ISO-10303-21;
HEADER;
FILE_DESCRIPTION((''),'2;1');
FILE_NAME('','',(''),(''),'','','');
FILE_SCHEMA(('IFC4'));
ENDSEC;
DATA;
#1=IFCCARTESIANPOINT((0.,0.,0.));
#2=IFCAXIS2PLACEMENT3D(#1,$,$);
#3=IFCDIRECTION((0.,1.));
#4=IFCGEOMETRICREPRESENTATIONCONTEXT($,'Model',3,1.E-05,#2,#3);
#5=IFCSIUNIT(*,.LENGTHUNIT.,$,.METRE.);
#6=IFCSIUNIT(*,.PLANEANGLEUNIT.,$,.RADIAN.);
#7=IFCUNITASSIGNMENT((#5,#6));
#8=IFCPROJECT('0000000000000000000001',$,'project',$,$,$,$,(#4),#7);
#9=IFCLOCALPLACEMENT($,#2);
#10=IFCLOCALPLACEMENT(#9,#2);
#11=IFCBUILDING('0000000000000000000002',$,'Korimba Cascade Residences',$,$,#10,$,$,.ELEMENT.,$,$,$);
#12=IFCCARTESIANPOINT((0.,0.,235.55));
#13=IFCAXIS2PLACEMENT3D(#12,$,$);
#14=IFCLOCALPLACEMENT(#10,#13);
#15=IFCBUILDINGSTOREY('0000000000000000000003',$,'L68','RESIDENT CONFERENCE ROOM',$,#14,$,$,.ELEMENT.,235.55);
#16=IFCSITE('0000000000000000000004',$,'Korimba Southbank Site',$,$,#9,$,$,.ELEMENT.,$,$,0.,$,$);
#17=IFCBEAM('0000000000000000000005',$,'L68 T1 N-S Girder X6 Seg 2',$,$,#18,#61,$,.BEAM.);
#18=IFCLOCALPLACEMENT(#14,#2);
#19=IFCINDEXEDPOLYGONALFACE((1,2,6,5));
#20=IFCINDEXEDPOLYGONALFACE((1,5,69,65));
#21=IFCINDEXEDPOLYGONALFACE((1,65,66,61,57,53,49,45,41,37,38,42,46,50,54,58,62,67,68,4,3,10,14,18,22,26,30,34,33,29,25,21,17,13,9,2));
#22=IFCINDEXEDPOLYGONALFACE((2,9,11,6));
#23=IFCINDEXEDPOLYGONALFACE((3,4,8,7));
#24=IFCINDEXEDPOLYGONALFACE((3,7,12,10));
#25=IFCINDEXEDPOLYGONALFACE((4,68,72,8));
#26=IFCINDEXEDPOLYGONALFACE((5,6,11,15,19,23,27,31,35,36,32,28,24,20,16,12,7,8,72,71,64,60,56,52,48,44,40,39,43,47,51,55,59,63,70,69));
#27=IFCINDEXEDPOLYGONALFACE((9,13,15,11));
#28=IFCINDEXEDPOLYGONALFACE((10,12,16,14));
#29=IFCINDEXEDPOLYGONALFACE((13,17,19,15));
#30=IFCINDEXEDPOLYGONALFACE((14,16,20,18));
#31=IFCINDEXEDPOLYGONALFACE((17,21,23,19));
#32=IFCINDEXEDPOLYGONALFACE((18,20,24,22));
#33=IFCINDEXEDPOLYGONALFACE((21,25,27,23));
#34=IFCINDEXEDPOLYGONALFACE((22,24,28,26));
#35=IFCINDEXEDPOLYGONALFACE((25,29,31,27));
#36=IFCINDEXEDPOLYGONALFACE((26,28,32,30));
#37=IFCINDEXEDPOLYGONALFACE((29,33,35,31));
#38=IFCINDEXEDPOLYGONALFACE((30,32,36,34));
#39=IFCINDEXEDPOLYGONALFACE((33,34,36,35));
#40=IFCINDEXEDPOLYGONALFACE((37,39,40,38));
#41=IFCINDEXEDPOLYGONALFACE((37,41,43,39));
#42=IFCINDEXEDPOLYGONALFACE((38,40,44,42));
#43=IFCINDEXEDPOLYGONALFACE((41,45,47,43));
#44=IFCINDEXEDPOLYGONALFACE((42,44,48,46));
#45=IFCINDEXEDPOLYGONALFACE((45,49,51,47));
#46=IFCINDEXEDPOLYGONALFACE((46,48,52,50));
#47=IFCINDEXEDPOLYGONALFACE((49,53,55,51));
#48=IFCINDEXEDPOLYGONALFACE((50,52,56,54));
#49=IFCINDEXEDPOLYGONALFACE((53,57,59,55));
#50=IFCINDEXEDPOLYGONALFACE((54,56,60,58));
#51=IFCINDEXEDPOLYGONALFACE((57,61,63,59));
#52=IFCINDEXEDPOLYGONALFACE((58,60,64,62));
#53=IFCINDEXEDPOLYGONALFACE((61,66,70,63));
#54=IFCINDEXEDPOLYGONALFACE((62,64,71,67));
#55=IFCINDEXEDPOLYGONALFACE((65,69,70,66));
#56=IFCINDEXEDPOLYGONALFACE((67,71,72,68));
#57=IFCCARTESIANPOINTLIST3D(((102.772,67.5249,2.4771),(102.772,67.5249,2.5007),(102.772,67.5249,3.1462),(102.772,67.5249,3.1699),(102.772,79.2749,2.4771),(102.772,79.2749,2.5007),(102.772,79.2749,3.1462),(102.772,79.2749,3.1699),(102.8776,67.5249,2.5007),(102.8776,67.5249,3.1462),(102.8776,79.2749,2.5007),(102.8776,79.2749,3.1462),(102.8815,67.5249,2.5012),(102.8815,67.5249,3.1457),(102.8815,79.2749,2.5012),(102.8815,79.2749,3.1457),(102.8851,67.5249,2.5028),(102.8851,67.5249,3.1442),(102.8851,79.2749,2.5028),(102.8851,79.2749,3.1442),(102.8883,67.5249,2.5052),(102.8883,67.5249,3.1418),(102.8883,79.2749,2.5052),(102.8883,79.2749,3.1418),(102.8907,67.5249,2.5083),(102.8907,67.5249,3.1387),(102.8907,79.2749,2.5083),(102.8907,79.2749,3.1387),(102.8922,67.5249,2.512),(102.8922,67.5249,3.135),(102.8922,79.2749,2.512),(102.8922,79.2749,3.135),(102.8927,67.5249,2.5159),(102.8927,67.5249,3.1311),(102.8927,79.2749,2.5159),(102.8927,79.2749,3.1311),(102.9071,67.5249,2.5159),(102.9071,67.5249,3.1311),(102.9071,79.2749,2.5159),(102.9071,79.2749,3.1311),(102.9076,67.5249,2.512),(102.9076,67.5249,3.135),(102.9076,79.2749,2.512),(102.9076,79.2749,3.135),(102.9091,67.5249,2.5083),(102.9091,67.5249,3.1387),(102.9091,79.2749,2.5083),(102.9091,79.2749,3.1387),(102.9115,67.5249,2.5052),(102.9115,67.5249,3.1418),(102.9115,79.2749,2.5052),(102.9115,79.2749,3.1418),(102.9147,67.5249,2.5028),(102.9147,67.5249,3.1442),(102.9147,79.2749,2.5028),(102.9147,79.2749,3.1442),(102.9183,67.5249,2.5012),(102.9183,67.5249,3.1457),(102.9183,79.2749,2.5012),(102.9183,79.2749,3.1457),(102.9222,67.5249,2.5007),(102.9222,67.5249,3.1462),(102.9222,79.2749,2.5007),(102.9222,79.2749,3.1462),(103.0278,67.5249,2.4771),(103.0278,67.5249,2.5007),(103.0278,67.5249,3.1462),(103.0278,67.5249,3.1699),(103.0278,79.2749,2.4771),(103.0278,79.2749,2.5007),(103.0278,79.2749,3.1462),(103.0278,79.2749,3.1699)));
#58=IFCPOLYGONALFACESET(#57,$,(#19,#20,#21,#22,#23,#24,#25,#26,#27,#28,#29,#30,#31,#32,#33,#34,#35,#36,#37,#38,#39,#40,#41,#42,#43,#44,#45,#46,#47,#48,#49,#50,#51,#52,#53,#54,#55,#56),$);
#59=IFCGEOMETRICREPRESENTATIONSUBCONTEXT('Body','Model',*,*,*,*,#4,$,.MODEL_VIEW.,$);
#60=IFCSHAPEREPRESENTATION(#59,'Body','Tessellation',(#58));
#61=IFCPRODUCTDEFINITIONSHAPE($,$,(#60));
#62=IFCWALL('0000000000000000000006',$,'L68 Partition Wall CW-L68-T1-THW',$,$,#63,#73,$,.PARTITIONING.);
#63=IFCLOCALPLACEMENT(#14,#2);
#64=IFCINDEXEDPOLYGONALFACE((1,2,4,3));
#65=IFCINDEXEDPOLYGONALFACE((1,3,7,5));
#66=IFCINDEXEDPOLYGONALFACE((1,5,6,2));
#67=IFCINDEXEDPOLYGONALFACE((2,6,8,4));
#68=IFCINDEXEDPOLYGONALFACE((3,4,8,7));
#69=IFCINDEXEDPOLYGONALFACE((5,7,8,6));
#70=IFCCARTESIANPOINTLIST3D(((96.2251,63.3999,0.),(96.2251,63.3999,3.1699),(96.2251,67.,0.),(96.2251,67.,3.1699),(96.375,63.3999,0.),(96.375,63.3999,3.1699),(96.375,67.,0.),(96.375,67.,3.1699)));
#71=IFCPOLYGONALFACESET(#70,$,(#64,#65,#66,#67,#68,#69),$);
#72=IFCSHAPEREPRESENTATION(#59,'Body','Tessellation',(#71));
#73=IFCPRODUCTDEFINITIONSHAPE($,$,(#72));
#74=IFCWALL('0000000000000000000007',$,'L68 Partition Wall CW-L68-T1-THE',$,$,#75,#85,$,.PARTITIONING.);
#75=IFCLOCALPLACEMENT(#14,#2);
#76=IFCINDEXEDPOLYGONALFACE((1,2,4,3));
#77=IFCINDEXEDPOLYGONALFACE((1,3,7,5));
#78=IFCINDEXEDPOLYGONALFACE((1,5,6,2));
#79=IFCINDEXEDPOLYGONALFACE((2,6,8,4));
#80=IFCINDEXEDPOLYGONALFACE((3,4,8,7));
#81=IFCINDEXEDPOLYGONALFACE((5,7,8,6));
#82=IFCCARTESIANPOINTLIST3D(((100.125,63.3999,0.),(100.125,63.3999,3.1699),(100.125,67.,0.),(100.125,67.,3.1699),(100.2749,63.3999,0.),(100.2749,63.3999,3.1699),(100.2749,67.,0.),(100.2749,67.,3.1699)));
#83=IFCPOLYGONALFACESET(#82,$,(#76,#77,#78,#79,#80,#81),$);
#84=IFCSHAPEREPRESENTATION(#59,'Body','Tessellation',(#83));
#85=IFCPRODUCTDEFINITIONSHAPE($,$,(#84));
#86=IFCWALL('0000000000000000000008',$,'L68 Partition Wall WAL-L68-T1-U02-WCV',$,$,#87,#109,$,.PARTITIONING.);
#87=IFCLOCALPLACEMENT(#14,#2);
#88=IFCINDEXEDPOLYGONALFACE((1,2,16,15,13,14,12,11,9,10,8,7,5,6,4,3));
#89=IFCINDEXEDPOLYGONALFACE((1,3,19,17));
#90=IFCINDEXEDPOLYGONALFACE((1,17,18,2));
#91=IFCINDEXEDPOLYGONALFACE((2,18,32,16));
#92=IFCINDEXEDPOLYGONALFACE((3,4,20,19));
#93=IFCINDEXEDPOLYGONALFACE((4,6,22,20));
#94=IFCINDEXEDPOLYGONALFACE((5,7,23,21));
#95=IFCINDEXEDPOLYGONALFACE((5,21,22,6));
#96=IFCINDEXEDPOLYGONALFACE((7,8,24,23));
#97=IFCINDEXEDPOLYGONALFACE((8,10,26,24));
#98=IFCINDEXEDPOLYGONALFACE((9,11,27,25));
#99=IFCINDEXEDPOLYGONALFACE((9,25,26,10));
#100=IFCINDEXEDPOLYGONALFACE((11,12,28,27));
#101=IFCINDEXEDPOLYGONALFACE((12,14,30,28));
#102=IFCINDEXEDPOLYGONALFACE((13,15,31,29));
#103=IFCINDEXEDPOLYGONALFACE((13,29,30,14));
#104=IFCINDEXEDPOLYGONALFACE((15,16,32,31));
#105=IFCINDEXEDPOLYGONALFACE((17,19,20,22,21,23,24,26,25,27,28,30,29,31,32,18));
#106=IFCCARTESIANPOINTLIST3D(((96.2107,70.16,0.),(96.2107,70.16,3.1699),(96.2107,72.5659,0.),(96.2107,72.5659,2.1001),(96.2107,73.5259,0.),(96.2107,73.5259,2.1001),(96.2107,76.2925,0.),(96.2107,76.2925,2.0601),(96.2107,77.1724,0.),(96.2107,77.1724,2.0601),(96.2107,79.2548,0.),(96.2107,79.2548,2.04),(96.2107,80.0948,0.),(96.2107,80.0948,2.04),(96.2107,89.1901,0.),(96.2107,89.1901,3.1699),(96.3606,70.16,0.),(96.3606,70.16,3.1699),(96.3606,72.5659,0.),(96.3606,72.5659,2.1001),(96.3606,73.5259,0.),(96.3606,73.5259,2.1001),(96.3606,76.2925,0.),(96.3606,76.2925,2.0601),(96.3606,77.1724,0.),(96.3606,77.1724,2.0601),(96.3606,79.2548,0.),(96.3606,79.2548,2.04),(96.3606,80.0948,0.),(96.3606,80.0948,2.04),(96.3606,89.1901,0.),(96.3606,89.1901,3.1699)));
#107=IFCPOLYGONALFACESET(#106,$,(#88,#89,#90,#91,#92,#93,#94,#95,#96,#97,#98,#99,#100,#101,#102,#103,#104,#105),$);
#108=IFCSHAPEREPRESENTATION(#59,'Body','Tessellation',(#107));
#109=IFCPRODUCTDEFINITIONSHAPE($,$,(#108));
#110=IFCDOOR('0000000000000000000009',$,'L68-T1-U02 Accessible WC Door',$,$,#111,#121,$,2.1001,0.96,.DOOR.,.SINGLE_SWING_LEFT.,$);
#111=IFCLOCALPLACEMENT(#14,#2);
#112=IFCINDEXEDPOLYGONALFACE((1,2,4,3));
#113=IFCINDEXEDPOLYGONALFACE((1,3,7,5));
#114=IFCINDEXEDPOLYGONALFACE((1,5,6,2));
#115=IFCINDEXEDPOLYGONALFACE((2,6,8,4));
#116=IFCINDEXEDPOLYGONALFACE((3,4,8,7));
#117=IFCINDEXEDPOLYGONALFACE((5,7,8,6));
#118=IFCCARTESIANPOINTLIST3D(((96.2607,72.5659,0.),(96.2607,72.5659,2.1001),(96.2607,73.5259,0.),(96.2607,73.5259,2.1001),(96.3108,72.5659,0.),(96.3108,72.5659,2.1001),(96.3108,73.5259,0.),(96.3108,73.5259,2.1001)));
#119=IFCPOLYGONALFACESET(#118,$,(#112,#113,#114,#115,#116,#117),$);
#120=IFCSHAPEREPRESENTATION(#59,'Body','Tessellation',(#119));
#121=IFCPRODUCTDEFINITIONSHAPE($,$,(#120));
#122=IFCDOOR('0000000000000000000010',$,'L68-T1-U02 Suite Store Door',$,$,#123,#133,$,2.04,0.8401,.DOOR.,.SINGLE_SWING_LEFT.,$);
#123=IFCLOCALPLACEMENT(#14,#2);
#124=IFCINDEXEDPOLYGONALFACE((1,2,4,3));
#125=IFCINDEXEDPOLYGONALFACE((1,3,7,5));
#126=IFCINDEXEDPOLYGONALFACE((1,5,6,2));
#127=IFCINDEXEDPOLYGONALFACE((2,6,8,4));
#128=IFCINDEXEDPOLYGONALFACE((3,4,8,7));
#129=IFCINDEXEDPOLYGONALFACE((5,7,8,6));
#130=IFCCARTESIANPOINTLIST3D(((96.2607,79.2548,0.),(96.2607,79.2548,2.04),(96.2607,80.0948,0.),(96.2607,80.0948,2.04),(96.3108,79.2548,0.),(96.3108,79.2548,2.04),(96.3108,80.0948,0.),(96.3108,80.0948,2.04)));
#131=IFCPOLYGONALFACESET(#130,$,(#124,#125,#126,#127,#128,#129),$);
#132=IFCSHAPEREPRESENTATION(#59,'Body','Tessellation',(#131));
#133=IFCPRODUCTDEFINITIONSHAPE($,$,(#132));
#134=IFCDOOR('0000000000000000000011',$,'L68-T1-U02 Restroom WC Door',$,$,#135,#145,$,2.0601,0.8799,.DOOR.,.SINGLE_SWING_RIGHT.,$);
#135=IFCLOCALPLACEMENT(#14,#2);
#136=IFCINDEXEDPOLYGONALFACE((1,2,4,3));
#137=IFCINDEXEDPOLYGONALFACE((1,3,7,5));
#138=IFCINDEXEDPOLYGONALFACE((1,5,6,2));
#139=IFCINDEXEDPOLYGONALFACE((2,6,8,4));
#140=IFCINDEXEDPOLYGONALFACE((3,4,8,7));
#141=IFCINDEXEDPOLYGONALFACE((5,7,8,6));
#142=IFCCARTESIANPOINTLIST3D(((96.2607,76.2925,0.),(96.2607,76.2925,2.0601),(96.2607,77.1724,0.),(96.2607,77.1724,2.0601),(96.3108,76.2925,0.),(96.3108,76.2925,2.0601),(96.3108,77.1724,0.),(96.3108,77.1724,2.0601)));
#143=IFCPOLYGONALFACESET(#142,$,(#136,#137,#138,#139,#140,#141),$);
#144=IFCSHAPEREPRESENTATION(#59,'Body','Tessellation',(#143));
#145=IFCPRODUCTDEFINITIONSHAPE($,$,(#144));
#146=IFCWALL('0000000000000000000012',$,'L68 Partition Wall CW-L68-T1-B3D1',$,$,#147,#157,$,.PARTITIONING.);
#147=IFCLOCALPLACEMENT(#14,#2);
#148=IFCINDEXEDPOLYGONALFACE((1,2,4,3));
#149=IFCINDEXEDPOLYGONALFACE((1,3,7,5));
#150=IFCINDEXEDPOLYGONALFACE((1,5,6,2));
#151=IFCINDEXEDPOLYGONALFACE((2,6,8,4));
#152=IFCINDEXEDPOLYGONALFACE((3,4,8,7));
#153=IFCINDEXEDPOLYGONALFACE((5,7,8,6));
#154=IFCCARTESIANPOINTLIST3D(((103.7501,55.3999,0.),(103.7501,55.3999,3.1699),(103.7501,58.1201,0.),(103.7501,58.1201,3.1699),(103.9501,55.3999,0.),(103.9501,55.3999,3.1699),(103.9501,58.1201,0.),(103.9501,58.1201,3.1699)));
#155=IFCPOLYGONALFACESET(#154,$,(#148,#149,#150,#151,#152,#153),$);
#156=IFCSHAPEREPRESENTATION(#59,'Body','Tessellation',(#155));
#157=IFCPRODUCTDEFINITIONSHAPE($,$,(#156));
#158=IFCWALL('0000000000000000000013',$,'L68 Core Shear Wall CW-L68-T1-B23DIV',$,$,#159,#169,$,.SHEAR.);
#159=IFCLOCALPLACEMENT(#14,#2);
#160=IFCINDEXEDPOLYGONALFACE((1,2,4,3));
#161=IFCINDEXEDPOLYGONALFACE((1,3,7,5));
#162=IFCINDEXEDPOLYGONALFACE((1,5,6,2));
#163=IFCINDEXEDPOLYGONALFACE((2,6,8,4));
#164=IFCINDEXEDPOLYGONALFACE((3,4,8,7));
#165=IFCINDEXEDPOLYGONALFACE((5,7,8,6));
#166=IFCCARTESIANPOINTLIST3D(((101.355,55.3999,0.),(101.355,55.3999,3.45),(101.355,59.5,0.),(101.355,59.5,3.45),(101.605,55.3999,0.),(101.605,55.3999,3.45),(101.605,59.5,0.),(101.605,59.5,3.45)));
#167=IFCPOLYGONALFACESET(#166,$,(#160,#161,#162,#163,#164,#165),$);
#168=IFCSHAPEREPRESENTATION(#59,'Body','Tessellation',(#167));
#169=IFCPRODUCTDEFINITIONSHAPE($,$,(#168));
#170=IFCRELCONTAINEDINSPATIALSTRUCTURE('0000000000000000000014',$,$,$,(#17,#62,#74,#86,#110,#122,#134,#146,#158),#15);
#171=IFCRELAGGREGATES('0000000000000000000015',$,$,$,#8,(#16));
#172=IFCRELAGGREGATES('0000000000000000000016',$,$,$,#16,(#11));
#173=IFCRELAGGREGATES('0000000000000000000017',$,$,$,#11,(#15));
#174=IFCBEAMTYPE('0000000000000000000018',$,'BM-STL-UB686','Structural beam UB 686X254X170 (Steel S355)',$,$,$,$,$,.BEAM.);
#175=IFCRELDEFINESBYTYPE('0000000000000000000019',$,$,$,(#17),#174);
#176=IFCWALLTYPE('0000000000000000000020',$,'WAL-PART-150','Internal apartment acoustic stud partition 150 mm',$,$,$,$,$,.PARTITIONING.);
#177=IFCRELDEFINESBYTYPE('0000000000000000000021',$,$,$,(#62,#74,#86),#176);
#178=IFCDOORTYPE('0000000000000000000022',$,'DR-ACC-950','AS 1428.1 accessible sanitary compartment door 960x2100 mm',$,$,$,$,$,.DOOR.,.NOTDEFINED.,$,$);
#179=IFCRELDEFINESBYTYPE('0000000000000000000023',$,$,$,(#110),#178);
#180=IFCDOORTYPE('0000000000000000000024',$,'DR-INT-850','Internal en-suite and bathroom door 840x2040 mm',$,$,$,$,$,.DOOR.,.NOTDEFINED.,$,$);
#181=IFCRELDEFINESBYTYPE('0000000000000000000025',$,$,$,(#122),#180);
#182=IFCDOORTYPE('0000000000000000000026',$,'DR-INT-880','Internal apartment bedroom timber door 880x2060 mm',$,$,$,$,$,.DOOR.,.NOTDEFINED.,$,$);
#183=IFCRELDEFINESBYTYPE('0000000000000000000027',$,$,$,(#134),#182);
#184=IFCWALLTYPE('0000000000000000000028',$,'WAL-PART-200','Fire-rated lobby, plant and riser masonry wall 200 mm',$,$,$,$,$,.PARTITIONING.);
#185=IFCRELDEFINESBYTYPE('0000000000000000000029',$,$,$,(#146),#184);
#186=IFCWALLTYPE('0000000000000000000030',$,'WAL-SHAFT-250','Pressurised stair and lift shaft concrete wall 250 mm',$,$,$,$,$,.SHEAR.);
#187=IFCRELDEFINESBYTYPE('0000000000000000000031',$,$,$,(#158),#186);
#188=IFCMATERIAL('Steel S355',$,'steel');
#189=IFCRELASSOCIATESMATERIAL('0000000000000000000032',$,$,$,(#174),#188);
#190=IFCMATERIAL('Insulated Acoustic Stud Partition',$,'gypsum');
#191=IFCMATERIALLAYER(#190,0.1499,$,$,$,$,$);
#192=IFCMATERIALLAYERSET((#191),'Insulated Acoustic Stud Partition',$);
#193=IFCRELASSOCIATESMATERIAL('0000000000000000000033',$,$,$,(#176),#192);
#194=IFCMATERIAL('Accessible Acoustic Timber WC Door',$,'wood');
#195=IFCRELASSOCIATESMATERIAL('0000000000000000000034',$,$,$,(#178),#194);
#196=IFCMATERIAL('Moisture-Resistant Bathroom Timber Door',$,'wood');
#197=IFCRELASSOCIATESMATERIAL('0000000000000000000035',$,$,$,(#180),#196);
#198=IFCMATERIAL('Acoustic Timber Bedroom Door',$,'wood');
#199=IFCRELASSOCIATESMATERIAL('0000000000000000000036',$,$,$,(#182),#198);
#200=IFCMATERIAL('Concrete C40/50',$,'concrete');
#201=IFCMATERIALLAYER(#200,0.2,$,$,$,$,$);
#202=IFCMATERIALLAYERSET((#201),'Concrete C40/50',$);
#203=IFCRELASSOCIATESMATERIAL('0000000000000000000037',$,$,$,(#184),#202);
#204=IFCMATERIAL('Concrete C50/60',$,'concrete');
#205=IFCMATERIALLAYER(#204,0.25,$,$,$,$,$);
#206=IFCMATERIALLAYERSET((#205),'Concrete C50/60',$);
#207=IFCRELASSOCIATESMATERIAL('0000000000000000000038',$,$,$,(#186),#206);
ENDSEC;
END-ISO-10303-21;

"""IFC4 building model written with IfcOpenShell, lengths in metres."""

from ifc_helpers import new_model, si_unit, direction, frame, frame_2d, origin, origin_2d, place, context, subcontext, project, spatial, rectangle, i_section, extrude, material, layer, layer_set, material_profile, profile_set, type_object, element, fill, save


model = new_model("IFC4")

# Units and contexts
model_context = context("Model", 3, precision=1e-05, world=origin(), true_north=direction((0.0, 1.0)))
body_context = subcontext(model_context, "Body", "Model", "MODEL_VIEW")
ifc_project = project(units=[si_unit("LENGTHUNIT", "METRE"), si_unit("PLANEANGLEUNIT", "RADIAN")], contexts=[model_context])

# Site, building, storey
site_placement = place(None, origin())
site = spatial("IfcSite", under=ifc_project, at=site_placement, Name="Korimba Southbank Site", CompositionType="ELEMENT", RefElevation=0.0)
building_placement = place(site_placement, origin())
building = spatial("IfcBuilding", under=site, at=building_placement, Name="Korimba Cascade Residences", CompositionType="ELEMENT")
storey_placement = place(building_placement, frame((0.0, 0.0, 235.55)))
storey = spatial("IfcBuildingStorey", under=building, at=storey_placement, Name="L68", Description="RESIDENT CONFERENCE ROOM", CompositionType="ELEMENT", Elevation=235.55)

# Shared definitions
ifc_material_1 = material(Name="Concrete C50/60", Category="concrete")

# Beam
ifc_material_2 = material(Name="Steel S355", Category="steel")
ifc_material_profile_1 = material_profile(ifc_material_2, i_section(OverallWidth=0.2559, OverallDepth=0.6929, WebThickness=0.0144, FlangeThickness=0.0237, FilletRadius=0.0151, at=origin_2d()), Name="Steel S355")
ifc_profile_set_1 = profile_set([ifc_material_profile_1], Name="Steel S355")
beam_type = type_object("IfcBeamType", Name="BM-STL-UB686", Description="Structural beam UB 686X254X170 (Steel S355)", PredefinedType="BEAM", material=ifc_profile_set_1)
beam_1_placement = place(storey_placement, frame((102.8999, 67.5249, 2.8235), z_axis=(0.0, 1.0, 0.0), x_axis=(-1.0, 0.0, 0.0)))
element("IfcBeam", 1, at=beam_1_placement, inside=storey, type_object=beam_type, Name="L68 T1 N-S Girder X6 Seg 2", PredefinedType="BEAM", context=body_context, shape_type="SweptSolid", body=[
    extrude(i_section(OverallWidth=0.2559, OverallDepth=0.6929, WebThickness=0.0144, FlangeThickness=0.0237, FilletRadius=0.0151, at=origin_2d()), origin(), (0.0, 0.0, 1.0), 11.75),
])

# Walls
ifc_material_3 = material(Name="Insulated Acoustic Stud Partition", Category="gypsum")
ifc_layer_1 = layer(ifc_material_3, 0.1499)
ifc_layer_set_1 = layer_set([ifc_layer_1], Name="Insulated Acoustic Stud Partition")
wall_type_1 = type_object("IfcWallType", Name="WAL-PART-150", Description="Internal apartment acoustic stud partition 150 mm", PredefinedType="PARTITIONING", material=ifc_layer_set_1)
for number, where, z_axis, x_axis, name in (
    (2, (96.3, 63.3999, 0.0), (0.0, 0.0, 1.0), (0.0, 1.0, 0.0), "L68 Partition Wall CW-L68-T1-THW"),
    (3, (100.2, 63.3999, 0.0), (0.0, 0.0, 1.0), (0.0, 1.0, 0.0), "L68 Partition Wall CW-L68-T1-THE"),
):
    element("IfcWall", number, at=place(storey_placement, frame(where, z_axis=z_axis, x_axis=x_axis)), inside=storey, type_object=wall_type_1, Name=name, PredefinedType="PARTITIONING", context=body_context, shape_type="SweptSolid", body=[
        extrude(rectangle(XDim=3.6001, YDim=0.1499, at=frame_2d((1.8, 0.0))), origin(), (0.0, 0.0, 1.0), 3.1699),
    ])

# Wall, openings, doors
wall_1_placement = place(storey_placement, frame((96.2856, 70.1599, 0.0), z_axis=(0.0, 0.0, 1.0), x_axis=(0.0, 1.0, 0.0)))
wall_1 = element("IfcWall", 4, at=wall_1_placement, inside=storey, type_object=wall_type_1, Name="L68 Partition Wall WAL-L68-T1-U02-WCV", PredefinedType="PARTITIONING", context=body_context, shape_type="SweptSolid", body=[
    extrude(rectangle(XDim=19.03, YDim=0.1499, at=frame_2d((9.5151, 0.0))), origin(), (0.0, 0.0, 1.0), 3.1699),
])
opening_1_placement = place(wall_1_placement, frame((2.406, 0.0, 0.0)))
opening_1 = element("IfcOpeningElement", 5, at=opening_1_placement, cuts=wall_1, PredefinedType="OPENING", context=body_context, shape_type="SweptSolid", body=[
    extrude(rectangle(XDim=0.96, YDim=2.1001, at=frame_2d((0.48, 1.05))), frame((0.0, 0.085, 0.0), z_axis=(0.0, -1.0, 0.0), x_axis=(1.0, 0.0, 0.0)), (0.0, 0.0, 1.0), 0.1699),
])
opening_2_placement = place(wall_1_placement, frame((6.1326, 0.0, 0.0)))
opening_2 = element("IfcOpeningElement", 6, at=opening_2_placement, cuts=wall_1, PredefinedType="OPENING", context=body_context, shape_type="SweptSolid", body=[
    extrude(rectangle(XDim=0.8799, YDim=2.0601, at=frame_2d((0.4399, 1.03))), frame((0.0, 0.085, 0.0), z_axis=(0.0, -1.0, 0.0), x_axis=(1.0, 0.0, 0.0)), (0.0, 0.0, 1.0), 0.1699),
])
opening_3_placement = place(wall_1_placement, frame((9.095, 0.0, 0.0)))
opening_3 = element("IfcOpeningElement", 7, at=opening_3_placement, cuts=wall_1, PredefinedType="OPENING", context=body_context, shape_type="SweptSolid", body=[
    extrude(rectangle(XDim=0.8401, YDim=2.04, at=frame_2d((0.4199, 1.02))), frame((0.0, 0.085, 0.0), z_axis=(0.0, -1.0, 0.0), x_axis=(1.0, 0.0, 0.0)), (0.0, 0.0, 1.0), 0.1699),
])
ifc_material_4 = material(Name="Accessible Acoustic Timber WC Door", Category="wood")
door_type_1 = type_object("IfcDoorType", Name="DR-ACC-950", Description="AS 1428.1 accessible sanitary compartment door 960x2100 mm", OperationType="NOTDEFINED", PredefinedType="DOOR", material=ifc_material_4)
door_1_placement = place(opening_1_placement, origin())
door_1 = element("IfcDoor", 8, at=door_1_placement, inside=storey, type_object=door_type_1, Name="L68-T1-U02 Accessible WC Door", OperationType="SINGLE_SWING_LEFT", OverallHeight=2.1001, OverallWidth=0.96, PredefinedType="DOOR", context=body_context, shape_type="SweptSolid", body=[
    extrude(rectangle(XDim=0.96, YDim=2.1001, at=frame_2d((0.48, 1.05))), frame((0.0, 0.0249, 0.0), z_axis=(0.0, -1.0, 0.0), x_axis=(1.0, 0.0, 0.0)), (0.0, 0.0, 1.0), 0.05),
])
fill(opening_1, door_1)
ifc_material_5 = material(Name="Moisture-Resistant Bathroom Timber Door", Category="wood")
door_type_2 = type_object("IfcDoorType", Name="DR-INT-850", Description="Internal en-suite and bathroom door 840x2040 mm", OperationType="NOTDEFINED", PredefinedType="DOOR", material=ifc_material_5)
door_2_placement = place(opening_3_placement, origin())
door_2 = element("IfcDoor", 9, at=door_2_placement, inside=storey, type_object=door_type_2, Name="L68-T1-U02 Suite Store Door", OperationType="SINGLE_SWING_LEFT", OverallHeight=2.04, OverallWidth=0.8401, PredefinedType="DOOR", context=body_context, shape_type="SweptSolid", body=[
    extrude(rectangle(XDim=0.8401, YDim=2.04, at=frame_2d((0.4199, 1.02))), frame((0.0, 0.0249, 0.0), z_axis=(0.0, -1.0, 0.0), x_axis=(1.0, 0.0, 0.0)), (0.0, 0.0, 1.0), 0.05),
])
fill(opening_3, door_2)
ifc_material_6 = material(Name="Acoustic Timber Bedroom Door", Category="wood")
door_type_3 = type_object("IfcDoorType", Name="DR-INT-880", Description="Internal apartment bedroom timber door 880x2060 mm", OperationType="NOTDEFINED", PredefinedType="DOOR", material=ifc_material_6)
door_3_placement = place(opening_2_placement, origin())
door_3 = element("IfcDoor", 10, at=door_3_placement, inside=storey, type_object=door_type_3, Name="L68-T1-U02 Restroom WC Door", OperationType="SINGLE_SWING_RIGHT", OverallHeight=2.0601, OverallWidth=0.8799, PredefinedType="DOOR", context=body_context, shape_type="SweptSolid", body=[
    extrude(rectangle(XDim=0.8799, YDim=2.0601, at=frame_2d((0.4399, 1.03))), frame((0.0, 0.0249, 0.0), z_axis=(0.0, -1.0, 0.0), x_axis=(1.0, 0.0, 0.0)), (0.0, 0.0, 1.0), 0.05),
])
fill(opening_2, door_3)

# Walls
ifc_material_7 = material(Name="Concrete C40/50", Category="concrete")
ifc_layer_2 = layer(ifc_material_7, 0.2)
ifc_layer_set_2 = layer_set([ifc_layer_2], Name="Concrete C40/50")
wall_type_2 = type_object("IfcWallType", Name="WAL-PART-200", Description="Fire-rated lobby, plant and riser masonry wall 200 mm", PredefinedType="PARTITIONING", material=ifc_layer_set_2)
wall_2_placement = place(storey_placement, frame((103.8501, 55.3999, 0.0), z_axis=(0.0, 0.0, 1.0), x_axis=(0.0, 1.0, 0.0)))
element("IfcWall", 11, at=wall_2_placement, inside=storey, type_object=wall_type_2, Name="L68 Partition Wall CW-L68-T1-B3D1", PredefinedType="PARTITIONING", context=body_context, shape_type="SweptSolid", body=[
    extrude(rectangle(XDim=2.7202, YDim=0.2, at=frame_2d((1.3601, 0.0))), origin(), (0.0, 0.0, 1.0), 3.1699),
])
ifc_layer_3 = layer(ifc_material_1, 0.25)
ifc_layer_set_3 = layer_set([ifc_layer_3], Name="Concrete C50/60")
wall_type_3 = type_object("IfcWallType", Name="WAL-SHAFT-250", Description="Pressurised stair and lift shaft concrete wall 250 mm", PredefinedType="SHEAR", material=ifc_layer_set_3)
wall_3_placement = place(storey_placement, frame((101.48, 55.3999, 0.0), z_axis=(0.0, 0.0, 1.0), x_axis=(0.0, 1.0, 0.0)))
element("IfcWall", 12, at=wall_3_placement, inside=storey, type_object=wall_type_3, Name="L68 Core Shear Wall CW-L68-T1-B23DIV", PredefinedType="SHEAR", context=body_context, shape_type="SweptSolid", body=[
    extrude(rectangle(XDim=4.1001, YDim=0.25, at=frame_2d((2.05, 0.0))), origin(), (0.0, 0.0, 1.0), 3.45),
])

save(model, "model.ifc")
